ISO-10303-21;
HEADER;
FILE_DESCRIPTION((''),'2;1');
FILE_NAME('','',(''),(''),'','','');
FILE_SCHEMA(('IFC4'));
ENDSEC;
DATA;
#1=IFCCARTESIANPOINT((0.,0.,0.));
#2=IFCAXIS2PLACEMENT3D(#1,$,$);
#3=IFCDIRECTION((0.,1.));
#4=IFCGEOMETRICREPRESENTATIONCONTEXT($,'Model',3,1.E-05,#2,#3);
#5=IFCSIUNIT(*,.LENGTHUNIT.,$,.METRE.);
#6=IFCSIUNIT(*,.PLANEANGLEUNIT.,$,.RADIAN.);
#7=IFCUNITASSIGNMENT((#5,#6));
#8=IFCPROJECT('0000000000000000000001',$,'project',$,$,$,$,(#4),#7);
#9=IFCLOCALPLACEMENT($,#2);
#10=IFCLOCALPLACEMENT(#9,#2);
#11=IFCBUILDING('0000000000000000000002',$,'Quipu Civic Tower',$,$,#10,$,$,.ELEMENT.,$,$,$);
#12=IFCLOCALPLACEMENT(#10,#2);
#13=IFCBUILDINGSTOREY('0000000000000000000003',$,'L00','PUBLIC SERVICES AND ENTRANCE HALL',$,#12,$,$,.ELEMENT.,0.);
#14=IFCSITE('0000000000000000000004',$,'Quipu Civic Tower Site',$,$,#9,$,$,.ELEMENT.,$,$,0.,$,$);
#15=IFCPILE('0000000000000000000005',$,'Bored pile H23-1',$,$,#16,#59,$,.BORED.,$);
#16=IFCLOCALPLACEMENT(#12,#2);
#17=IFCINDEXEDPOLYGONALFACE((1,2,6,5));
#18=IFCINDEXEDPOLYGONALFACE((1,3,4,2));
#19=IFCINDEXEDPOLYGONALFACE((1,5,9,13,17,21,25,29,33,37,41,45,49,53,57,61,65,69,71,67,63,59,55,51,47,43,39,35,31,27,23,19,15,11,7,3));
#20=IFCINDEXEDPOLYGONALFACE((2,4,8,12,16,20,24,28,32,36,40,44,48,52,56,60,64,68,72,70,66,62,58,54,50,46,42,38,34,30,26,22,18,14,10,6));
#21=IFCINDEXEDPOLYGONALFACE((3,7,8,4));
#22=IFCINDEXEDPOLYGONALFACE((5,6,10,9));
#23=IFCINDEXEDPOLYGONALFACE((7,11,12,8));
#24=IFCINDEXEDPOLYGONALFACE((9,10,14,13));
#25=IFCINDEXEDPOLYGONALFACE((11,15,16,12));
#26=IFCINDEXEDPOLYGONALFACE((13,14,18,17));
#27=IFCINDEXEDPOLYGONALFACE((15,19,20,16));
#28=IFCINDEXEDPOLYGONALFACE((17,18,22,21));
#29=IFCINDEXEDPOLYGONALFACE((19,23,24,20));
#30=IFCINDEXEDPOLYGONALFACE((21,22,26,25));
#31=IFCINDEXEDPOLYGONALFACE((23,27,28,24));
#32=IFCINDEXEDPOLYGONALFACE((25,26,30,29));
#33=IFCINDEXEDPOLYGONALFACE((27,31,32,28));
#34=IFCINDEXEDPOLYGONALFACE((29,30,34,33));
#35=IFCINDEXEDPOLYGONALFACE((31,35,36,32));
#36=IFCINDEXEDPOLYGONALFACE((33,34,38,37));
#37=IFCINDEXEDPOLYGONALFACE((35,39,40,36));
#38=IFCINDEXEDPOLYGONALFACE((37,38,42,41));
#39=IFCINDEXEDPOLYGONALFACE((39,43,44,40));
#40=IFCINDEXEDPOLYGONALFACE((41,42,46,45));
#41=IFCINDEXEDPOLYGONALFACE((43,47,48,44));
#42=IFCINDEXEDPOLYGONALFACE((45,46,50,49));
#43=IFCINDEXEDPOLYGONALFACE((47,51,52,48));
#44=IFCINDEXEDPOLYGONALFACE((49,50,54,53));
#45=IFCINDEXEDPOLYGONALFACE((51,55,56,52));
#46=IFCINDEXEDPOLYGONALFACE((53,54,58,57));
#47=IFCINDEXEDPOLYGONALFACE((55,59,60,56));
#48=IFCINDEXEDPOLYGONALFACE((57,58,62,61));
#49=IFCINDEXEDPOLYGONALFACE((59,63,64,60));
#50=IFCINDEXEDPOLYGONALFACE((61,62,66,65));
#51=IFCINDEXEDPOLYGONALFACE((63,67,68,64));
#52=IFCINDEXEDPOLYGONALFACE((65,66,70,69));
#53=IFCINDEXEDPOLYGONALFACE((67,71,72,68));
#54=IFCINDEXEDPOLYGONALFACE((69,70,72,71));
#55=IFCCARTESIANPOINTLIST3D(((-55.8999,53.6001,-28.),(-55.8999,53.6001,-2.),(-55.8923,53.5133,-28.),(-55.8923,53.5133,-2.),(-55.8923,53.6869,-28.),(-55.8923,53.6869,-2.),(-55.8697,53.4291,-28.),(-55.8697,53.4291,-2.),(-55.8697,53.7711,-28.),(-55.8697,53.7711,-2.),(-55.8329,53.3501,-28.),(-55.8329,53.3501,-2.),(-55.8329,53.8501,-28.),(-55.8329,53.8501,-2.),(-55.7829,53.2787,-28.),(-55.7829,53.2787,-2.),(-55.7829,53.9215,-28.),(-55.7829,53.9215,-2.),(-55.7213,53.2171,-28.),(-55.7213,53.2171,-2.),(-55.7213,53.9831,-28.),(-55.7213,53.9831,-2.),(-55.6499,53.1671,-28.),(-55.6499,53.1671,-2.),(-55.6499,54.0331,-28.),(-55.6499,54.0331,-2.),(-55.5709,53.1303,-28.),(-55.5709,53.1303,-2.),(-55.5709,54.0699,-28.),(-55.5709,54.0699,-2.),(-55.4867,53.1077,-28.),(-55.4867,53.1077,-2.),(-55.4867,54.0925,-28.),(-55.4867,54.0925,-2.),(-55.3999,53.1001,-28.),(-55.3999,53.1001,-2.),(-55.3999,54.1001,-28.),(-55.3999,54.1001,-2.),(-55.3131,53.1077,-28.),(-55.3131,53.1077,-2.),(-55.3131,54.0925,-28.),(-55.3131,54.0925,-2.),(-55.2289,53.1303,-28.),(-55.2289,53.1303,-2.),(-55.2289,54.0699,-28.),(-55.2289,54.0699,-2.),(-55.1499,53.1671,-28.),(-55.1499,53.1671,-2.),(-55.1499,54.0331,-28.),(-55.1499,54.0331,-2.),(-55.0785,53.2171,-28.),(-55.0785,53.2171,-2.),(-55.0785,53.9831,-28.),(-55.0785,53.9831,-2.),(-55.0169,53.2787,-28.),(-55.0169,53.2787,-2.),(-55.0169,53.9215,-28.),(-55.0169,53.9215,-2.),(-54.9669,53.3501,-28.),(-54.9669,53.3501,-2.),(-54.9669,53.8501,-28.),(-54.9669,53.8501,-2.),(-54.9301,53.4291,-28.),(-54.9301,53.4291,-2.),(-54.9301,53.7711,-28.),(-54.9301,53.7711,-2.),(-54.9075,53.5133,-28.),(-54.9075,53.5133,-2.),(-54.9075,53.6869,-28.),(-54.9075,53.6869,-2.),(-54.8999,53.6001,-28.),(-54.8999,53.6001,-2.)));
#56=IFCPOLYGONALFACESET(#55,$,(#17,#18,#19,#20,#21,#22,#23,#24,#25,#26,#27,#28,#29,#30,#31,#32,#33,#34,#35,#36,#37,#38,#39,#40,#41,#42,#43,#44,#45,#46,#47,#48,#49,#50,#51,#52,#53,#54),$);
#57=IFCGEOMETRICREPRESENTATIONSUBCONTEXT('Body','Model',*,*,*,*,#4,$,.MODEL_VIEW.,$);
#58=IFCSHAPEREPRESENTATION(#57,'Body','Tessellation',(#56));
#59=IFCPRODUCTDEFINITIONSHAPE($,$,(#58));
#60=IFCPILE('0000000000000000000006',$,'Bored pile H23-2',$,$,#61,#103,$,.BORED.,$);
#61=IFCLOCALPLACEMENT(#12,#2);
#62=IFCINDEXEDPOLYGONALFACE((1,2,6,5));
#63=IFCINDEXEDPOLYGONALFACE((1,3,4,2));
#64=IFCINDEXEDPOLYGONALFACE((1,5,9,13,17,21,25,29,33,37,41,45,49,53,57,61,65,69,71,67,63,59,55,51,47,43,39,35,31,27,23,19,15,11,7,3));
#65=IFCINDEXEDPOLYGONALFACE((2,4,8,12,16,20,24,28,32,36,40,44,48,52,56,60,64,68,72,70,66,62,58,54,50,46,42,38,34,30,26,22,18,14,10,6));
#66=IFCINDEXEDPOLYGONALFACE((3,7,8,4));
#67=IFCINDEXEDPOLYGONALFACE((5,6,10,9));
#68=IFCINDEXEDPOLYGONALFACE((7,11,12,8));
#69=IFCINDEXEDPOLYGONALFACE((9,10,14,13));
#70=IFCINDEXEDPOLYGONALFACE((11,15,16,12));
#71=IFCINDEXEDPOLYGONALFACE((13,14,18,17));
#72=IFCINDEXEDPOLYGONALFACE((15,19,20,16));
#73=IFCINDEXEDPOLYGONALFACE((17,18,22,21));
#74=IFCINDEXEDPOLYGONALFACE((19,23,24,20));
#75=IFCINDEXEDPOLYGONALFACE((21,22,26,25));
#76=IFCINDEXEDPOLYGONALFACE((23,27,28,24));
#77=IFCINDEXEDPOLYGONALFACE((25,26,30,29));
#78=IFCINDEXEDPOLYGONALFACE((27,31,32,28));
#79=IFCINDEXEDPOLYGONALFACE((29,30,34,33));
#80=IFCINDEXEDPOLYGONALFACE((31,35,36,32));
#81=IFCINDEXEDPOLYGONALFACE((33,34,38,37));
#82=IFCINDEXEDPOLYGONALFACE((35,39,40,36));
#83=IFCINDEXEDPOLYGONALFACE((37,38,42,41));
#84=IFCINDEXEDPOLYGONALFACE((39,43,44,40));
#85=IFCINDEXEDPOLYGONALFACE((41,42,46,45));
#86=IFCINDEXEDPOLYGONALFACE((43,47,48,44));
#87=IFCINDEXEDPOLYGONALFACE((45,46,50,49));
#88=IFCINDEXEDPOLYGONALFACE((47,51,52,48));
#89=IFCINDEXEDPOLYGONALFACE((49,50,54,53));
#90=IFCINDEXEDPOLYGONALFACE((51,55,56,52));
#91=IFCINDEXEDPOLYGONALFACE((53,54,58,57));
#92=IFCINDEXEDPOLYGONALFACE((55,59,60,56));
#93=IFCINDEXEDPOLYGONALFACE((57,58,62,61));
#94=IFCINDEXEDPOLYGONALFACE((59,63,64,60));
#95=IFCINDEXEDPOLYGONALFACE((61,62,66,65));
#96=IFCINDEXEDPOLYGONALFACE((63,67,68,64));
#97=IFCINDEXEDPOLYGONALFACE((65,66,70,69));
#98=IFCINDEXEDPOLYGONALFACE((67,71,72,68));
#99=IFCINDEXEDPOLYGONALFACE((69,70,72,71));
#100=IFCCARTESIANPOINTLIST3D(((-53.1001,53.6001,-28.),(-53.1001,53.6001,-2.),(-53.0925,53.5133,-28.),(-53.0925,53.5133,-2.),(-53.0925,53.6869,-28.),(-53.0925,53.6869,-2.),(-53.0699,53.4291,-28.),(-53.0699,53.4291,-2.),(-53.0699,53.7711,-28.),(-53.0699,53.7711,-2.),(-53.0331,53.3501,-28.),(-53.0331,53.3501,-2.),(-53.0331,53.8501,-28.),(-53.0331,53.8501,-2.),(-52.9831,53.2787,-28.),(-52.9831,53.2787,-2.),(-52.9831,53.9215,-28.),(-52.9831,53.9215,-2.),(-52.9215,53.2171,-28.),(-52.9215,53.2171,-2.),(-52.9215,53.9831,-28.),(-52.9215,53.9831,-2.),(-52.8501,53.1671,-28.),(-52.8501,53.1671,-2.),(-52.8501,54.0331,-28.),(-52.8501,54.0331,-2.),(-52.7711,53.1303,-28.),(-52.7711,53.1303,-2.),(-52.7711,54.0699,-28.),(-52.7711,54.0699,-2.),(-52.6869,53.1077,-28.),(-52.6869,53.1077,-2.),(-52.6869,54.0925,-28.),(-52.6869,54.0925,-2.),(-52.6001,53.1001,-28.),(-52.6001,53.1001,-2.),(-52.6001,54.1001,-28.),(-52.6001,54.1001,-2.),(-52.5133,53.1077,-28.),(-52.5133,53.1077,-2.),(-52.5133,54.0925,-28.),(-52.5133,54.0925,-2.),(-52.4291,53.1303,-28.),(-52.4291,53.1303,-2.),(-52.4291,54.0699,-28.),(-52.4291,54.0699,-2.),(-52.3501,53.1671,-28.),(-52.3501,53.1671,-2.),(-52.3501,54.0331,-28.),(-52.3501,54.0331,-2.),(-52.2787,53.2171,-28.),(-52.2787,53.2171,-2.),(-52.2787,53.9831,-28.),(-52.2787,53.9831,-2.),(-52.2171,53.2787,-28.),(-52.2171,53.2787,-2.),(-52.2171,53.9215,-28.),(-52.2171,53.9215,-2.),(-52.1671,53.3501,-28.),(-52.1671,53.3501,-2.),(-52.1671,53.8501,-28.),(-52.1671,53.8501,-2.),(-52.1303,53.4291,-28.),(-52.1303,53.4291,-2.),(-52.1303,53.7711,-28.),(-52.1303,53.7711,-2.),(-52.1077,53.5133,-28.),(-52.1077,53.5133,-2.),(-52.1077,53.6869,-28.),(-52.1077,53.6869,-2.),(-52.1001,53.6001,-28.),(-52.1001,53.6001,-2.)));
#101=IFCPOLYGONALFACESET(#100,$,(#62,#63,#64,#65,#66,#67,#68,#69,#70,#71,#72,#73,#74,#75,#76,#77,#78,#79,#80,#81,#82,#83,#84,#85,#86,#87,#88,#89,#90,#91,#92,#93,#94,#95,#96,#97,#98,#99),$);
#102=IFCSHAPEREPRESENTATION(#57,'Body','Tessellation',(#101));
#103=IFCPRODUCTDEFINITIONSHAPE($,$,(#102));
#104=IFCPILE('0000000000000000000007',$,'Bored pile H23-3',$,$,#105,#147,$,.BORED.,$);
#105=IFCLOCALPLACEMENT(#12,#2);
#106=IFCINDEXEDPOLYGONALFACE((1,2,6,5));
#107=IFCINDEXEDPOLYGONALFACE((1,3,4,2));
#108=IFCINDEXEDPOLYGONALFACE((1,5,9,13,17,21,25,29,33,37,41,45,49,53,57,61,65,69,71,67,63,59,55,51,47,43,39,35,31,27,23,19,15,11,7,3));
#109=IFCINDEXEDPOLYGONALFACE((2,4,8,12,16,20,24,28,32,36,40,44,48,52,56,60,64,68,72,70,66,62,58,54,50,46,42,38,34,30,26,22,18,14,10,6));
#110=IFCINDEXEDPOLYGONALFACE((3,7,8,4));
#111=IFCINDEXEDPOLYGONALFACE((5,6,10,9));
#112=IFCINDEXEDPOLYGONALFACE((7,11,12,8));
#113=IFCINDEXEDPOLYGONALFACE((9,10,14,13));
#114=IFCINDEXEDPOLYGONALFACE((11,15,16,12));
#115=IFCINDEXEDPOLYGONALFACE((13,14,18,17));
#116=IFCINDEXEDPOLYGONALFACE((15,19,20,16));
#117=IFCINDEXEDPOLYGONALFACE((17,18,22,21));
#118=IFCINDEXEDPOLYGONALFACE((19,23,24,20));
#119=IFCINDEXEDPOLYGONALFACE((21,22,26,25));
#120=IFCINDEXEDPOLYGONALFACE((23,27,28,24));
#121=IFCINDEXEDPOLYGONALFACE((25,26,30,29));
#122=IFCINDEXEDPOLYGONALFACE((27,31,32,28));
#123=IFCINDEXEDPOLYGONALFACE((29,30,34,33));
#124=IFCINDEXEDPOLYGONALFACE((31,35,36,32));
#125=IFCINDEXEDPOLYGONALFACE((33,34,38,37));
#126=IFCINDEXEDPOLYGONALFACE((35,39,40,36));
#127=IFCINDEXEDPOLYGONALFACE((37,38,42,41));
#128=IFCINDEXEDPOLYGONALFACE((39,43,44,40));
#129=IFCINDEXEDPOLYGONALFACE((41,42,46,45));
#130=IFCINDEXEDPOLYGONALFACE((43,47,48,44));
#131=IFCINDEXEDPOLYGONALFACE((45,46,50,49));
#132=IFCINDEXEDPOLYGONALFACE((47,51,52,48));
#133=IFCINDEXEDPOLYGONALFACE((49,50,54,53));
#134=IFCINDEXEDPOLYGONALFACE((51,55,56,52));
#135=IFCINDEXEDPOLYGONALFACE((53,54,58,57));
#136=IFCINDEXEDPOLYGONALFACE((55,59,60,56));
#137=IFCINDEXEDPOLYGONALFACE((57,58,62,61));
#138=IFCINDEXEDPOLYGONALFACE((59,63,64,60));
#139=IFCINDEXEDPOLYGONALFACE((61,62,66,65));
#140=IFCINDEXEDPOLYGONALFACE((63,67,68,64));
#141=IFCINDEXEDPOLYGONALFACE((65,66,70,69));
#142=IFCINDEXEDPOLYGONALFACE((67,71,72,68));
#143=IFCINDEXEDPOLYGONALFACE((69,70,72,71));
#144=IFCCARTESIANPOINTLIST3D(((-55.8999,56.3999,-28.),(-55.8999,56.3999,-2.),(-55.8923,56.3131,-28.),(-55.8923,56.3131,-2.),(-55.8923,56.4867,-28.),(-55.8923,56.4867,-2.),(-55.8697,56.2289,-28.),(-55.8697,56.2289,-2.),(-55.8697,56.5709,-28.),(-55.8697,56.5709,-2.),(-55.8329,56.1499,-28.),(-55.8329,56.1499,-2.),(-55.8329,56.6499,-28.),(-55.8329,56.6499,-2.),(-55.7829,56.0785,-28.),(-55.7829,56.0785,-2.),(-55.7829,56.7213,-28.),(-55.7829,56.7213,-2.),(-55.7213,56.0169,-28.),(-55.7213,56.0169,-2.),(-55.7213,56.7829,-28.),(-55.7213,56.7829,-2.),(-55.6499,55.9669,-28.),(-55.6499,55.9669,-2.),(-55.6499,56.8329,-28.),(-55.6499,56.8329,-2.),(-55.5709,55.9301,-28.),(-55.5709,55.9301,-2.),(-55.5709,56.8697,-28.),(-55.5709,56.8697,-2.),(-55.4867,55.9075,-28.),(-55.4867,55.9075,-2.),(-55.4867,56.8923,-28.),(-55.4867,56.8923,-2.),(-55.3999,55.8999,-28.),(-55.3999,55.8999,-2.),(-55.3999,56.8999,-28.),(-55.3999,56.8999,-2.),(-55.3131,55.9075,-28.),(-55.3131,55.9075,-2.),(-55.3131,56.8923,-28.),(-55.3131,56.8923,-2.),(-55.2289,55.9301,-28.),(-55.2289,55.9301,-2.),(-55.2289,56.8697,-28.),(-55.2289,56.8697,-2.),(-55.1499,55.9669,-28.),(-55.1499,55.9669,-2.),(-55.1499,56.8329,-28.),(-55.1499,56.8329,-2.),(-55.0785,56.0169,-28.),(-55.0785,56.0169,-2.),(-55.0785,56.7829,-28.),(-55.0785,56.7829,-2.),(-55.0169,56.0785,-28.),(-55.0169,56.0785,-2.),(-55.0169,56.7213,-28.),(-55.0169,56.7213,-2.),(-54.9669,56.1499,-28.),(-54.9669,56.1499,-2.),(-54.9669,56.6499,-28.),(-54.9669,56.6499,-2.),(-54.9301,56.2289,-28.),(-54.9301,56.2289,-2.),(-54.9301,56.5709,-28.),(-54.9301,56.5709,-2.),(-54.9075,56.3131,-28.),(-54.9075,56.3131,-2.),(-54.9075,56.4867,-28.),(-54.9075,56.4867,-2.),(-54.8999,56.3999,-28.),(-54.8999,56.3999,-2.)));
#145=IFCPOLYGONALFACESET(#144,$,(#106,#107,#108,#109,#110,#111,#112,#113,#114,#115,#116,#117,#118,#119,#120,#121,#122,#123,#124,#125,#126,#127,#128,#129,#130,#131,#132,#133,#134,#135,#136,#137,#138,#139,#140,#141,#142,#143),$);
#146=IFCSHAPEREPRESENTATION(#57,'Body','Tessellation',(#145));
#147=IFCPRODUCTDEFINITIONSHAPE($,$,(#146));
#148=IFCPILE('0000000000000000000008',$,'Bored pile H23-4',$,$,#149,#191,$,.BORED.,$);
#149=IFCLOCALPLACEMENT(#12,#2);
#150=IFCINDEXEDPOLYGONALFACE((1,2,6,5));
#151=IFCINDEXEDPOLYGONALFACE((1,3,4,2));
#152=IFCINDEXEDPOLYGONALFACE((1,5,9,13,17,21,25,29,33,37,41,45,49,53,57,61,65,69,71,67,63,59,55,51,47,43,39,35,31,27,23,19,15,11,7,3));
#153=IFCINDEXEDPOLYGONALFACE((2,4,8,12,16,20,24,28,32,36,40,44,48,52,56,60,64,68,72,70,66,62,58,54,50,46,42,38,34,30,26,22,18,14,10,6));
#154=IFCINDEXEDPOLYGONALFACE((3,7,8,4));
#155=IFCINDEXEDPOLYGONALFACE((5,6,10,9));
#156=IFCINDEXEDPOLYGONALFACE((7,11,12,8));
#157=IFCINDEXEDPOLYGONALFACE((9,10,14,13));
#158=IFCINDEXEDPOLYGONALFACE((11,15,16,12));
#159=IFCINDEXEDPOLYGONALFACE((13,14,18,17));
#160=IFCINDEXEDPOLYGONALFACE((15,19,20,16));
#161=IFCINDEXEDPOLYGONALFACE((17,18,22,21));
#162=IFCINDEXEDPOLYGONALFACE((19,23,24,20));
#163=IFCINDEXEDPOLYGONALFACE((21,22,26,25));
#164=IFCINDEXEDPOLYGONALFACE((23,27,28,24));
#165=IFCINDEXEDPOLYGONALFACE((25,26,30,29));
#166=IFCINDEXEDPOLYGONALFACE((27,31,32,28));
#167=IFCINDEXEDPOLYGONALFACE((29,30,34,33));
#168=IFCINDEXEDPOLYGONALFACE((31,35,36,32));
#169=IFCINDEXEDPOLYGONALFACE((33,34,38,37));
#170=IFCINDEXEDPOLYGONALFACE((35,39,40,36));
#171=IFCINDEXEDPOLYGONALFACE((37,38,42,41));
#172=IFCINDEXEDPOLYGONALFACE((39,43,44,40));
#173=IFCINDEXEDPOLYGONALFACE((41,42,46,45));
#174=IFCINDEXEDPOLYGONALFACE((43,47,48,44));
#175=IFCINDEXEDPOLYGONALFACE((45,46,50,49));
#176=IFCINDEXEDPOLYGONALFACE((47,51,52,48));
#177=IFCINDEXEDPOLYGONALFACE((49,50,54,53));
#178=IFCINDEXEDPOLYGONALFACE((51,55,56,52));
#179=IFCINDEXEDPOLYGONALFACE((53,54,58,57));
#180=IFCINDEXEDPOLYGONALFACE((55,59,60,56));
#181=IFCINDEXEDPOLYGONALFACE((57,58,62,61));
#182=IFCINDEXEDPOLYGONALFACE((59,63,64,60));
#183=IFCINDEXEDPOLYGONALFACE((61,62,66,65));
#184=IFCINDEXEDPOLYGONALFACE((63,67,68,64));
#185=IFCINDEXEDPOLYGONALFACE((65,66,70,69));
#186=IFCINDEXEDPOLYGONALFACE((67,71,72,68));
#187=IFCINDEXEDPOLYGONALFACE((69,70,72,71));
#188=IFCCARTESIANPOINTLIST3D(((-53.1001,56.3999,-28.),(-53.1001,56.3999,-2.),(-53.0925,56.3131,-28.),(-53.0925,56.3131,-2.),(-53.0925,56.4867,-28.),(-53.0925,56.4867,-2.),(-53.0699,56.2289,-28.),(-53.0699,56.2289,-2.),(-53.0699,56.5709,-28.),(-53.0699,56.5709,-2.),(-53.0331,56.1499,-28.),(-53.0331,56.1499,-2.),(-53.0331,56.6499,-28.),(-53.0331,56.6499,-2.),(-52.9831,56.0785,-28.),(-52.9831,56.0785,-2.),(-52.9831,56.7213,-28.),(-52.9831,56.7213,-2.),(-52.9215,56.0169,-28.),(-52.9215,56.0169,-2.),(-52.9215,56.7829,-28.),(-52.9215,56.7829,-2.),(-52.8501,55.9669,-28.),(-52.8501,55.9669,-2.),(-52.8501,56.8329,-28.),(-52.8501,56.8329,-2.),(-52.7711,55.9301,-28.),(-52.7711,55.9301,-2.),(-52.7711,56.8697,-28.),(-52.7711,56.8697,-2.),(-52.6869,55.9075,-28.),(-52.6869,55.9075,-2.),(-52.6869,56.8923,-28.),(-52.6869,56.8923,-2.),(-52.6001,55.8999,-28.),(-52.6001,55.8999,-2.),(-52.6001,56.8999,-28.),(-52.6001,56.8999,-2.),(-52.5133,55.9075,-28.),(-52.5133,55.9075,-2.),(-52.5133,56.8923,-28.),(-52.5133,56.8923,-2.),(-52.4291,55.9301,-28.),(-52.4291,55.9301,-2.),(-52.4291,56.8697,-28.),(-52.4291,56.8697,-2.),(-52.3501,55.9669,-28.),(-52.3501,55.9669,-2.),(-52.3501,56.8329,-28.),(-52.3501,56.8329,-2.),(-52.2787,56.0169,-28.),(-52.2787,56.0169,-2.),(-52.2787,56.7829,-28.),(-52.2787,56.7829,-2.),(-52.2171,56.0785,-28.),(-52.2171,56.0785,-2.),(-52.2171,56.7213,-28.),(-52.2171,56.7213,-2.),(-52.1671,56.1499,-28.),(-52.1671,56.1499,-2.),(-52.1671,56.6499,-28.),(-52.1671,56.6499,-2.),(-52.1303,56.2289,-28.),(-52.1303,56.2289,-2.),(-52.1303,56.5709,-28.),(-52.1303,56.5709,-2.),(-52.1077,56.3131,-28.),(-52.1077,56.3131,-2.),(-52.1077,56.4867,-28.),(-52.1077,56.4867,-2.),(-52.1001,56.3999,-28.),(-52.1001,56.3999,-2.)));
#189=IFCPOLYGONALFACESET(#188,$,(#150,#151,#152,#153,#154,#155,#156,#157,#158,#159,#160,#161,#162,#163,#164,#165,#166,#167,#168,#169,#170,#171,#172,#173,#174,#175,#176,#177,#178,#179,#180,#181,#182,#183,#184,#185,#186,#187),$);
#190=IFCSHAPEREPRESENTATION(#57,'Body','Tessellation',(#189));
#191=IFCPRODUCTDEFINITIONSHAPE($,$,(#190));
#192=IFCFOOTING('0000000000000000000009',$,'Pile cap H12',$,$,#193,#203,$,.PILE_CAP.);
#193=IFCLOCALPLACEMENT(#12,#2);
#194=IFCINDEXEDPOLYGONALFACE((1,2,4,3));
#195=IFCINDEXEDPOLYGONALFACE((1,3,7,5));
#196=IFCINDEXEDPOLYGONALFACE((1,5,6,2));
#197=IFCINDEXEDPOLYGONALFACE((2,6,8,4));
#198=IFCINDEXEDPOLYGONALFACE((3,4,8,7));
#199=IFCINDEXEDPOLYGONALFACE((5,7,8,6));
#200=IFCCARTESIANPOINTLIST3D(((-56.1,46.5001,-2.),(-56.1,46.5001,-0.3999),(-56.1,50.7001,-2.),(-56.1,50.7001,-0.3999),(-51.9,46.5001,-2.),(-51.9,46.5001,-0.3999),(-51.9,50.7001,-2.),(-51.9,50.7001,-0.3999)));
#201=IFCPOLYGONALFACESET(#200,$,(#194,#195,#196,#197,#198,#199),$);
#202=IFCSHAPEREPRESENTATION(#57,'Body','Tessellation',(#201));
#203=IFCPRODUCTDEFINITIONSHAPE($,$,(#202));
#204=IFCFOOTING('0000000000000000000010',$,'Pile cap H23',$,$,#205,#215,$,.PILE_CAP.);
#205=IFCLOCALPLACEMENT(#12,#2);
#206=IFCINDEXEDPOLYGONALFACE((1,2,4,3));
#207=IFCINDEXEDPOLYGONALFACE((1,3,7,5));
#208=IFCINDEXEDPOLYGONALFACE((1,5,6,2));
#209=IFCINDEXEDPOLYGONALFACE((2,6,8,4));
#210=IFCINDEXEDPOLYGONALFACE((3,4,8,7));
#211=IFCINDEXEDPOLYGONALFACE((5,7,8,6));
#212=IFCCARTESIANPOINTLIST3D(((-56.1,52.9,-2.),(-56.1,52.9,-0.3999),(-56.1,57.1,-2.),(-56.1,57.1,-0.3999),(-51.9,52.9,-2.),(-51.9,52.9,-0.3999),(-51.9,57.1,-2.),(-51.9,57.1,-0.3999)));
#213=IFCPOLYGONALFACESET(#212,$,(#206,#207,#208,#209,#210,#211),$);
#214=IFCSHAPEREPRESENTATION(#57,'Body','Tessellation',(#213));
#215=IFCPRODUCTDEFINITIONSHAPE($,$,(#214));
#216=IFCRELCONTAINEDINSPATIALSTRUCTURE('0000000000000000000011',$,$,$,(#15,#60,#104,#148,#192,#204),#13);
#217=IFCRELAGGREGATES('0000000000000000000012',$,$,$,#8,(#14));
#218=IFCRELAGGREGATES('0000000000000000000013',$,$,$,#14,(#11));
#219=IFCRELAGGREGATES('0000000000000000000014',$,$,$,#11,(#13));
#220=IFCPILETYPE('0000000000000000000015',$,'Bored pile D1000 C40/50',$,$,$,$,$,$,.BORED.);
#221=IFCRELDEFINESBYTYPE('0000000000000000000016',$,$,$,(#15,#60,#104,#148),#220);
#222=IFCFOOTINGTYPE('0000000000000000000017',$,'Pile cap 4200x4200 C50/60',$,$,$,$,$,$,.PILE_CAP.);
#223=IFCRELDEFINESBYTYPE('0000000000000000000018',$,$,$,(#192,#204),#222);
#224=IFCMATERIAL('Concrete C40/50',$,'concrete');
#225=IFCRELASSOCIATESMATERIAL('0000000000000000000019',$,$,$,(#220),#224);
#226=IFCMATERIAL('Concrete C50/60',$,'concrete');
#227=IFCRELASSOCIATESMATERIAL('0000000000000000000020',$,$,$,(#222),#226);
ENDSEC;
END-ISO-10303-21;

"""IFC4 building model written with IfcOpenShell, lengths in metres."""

from ifc_helpers import new_model, si_unit, direction, frame, origin, origin_2d, place, context, subcontext, project, spatial, rectangle, circle, extrude, material, material_profile, profile_set, type_object, element, save


model = new_model("IFC4")

# Units and contexts
model_context = context("Model", 3, precision=1e-05, world=origin(), true_north=direction((0.0, 1.0)))
body_context = subcontext(model_context, "Body", "Model", "MODEL_VIEW")
ifc_project = project(units=[si_unit("LENGTHUNIT", "METRE"), si_unit("PLANEANGLEUNIT", "RADIAN")], contexts=[model_context])

# Site, building, storey
site_placement = place(None, origin())
site = spatial("IfcSite", under=ifc_project, at=site_placement, Name="Quipu Civic Tower Site", CompositionType="ELEMENT", RefElevation=0.0)
building_placement = place(site_placement, origin())
building = spatial("IfcBuilding", under=site, at=building_placement, Name="Quipu Civic Tower", CompositionType="ELEMENT")
storey_placement = place(building_placement, origin())
storey = spatial("IfcBuildingStorey", under=building, at=storey_placement, Name="L00", Description="PUBLIC SERVICES AND ENTRANCE HALL", CompositionType="ELEMENT", Elevation=0.0)

# Piles
ifc_material_1 = material(Name="Concrete C40/50", Category="concrete")
ifc_material_profile_1 = material_profile(ifc_material_1, circle(Radius=0.5, at=origin_2d()), Name="RCD1000")
ifc_profile_set_1 = profile_set([ifc_material_profile_1], Name="Concrete C40/50")
pile_type = type_object("IfcPileType", Name="Bored pile D1000 C40/50", PredefinedType="BORED", material=ifc_profile_set_1)
for number, where, z_axis, x_axis, name in (
    (1, (-55.3999, 53.6001, -2.0), (0.0, 0.0, -1.0), (1.0, 0.0, 0.0), "Bored pile H23-1"),
    (2, (-52.6001, 53.6001, -2.0), (0.0, 0.0, -1.0), (1.0, 0.0, 0.0), "Bored pile H23-2"),
    (3, (-55.3999, 56.3999, -2.0), (0.0, 0.0, -1.0), (1.0, 0.0, 0.0), "Bored pile H23-3"),
    (4, (-52.6001, 56.3999, -2.0), (0.0, 0.0, -1.0), (1.0, 0.0, 0.0), "Bored pile H23-4"),
):
    element("IfcPile", number, at=place(storey_placement, frame(where, z_axis=z_axis, x_axis=x_axis)), inside=storey, type_object=pile_type, Name=name, PredefinedType="BORED", context=body_context, shape_type="SweptSolid", body=[
        extrude(circle(Radius=0.5, at=origin_2d()), origin(), (0.0, 0.0, 1.0), 26.0),
    ])

# Footings
ifc_material_2 = material(Name="Concrete C50/60", Category="concrete")
footing_type = type_object("IfcFootingType", Name="Pile cap 4200x4200 C50/60", PredefinedType="PILE_CAP", material=ifc_material_2)
for number, where, z_axis, x_axis, name in (
    (5, (-54.0, 48.6001, -2.0), (0.0, 0.0, 1.0), (1.0, 0.0, 0.0), "Pile cap H12"),
    (6, (-54.0, 55.0, -2.0), (0.0, 0.0, 1.0), (1.0, 0.0, 0.0), "Pile cap H23"),
):
    element("IfcFooting", number, at=place(storey_placement, frame(where, z_axis=z_axis, x_axis=x_axis)), inside=storey, type_object=footing_type, Name=name, PredefinedType="PILE_CAP", context=body_context, shape_type="SweptSolid", body=[
        extrude(rectangle(XDim=4.2, YDim=4.2, at=origin_2d()), origin(), (0.0, 0.0, 1.0), 1.6001),
    ])

save(model, "model.ifc")
